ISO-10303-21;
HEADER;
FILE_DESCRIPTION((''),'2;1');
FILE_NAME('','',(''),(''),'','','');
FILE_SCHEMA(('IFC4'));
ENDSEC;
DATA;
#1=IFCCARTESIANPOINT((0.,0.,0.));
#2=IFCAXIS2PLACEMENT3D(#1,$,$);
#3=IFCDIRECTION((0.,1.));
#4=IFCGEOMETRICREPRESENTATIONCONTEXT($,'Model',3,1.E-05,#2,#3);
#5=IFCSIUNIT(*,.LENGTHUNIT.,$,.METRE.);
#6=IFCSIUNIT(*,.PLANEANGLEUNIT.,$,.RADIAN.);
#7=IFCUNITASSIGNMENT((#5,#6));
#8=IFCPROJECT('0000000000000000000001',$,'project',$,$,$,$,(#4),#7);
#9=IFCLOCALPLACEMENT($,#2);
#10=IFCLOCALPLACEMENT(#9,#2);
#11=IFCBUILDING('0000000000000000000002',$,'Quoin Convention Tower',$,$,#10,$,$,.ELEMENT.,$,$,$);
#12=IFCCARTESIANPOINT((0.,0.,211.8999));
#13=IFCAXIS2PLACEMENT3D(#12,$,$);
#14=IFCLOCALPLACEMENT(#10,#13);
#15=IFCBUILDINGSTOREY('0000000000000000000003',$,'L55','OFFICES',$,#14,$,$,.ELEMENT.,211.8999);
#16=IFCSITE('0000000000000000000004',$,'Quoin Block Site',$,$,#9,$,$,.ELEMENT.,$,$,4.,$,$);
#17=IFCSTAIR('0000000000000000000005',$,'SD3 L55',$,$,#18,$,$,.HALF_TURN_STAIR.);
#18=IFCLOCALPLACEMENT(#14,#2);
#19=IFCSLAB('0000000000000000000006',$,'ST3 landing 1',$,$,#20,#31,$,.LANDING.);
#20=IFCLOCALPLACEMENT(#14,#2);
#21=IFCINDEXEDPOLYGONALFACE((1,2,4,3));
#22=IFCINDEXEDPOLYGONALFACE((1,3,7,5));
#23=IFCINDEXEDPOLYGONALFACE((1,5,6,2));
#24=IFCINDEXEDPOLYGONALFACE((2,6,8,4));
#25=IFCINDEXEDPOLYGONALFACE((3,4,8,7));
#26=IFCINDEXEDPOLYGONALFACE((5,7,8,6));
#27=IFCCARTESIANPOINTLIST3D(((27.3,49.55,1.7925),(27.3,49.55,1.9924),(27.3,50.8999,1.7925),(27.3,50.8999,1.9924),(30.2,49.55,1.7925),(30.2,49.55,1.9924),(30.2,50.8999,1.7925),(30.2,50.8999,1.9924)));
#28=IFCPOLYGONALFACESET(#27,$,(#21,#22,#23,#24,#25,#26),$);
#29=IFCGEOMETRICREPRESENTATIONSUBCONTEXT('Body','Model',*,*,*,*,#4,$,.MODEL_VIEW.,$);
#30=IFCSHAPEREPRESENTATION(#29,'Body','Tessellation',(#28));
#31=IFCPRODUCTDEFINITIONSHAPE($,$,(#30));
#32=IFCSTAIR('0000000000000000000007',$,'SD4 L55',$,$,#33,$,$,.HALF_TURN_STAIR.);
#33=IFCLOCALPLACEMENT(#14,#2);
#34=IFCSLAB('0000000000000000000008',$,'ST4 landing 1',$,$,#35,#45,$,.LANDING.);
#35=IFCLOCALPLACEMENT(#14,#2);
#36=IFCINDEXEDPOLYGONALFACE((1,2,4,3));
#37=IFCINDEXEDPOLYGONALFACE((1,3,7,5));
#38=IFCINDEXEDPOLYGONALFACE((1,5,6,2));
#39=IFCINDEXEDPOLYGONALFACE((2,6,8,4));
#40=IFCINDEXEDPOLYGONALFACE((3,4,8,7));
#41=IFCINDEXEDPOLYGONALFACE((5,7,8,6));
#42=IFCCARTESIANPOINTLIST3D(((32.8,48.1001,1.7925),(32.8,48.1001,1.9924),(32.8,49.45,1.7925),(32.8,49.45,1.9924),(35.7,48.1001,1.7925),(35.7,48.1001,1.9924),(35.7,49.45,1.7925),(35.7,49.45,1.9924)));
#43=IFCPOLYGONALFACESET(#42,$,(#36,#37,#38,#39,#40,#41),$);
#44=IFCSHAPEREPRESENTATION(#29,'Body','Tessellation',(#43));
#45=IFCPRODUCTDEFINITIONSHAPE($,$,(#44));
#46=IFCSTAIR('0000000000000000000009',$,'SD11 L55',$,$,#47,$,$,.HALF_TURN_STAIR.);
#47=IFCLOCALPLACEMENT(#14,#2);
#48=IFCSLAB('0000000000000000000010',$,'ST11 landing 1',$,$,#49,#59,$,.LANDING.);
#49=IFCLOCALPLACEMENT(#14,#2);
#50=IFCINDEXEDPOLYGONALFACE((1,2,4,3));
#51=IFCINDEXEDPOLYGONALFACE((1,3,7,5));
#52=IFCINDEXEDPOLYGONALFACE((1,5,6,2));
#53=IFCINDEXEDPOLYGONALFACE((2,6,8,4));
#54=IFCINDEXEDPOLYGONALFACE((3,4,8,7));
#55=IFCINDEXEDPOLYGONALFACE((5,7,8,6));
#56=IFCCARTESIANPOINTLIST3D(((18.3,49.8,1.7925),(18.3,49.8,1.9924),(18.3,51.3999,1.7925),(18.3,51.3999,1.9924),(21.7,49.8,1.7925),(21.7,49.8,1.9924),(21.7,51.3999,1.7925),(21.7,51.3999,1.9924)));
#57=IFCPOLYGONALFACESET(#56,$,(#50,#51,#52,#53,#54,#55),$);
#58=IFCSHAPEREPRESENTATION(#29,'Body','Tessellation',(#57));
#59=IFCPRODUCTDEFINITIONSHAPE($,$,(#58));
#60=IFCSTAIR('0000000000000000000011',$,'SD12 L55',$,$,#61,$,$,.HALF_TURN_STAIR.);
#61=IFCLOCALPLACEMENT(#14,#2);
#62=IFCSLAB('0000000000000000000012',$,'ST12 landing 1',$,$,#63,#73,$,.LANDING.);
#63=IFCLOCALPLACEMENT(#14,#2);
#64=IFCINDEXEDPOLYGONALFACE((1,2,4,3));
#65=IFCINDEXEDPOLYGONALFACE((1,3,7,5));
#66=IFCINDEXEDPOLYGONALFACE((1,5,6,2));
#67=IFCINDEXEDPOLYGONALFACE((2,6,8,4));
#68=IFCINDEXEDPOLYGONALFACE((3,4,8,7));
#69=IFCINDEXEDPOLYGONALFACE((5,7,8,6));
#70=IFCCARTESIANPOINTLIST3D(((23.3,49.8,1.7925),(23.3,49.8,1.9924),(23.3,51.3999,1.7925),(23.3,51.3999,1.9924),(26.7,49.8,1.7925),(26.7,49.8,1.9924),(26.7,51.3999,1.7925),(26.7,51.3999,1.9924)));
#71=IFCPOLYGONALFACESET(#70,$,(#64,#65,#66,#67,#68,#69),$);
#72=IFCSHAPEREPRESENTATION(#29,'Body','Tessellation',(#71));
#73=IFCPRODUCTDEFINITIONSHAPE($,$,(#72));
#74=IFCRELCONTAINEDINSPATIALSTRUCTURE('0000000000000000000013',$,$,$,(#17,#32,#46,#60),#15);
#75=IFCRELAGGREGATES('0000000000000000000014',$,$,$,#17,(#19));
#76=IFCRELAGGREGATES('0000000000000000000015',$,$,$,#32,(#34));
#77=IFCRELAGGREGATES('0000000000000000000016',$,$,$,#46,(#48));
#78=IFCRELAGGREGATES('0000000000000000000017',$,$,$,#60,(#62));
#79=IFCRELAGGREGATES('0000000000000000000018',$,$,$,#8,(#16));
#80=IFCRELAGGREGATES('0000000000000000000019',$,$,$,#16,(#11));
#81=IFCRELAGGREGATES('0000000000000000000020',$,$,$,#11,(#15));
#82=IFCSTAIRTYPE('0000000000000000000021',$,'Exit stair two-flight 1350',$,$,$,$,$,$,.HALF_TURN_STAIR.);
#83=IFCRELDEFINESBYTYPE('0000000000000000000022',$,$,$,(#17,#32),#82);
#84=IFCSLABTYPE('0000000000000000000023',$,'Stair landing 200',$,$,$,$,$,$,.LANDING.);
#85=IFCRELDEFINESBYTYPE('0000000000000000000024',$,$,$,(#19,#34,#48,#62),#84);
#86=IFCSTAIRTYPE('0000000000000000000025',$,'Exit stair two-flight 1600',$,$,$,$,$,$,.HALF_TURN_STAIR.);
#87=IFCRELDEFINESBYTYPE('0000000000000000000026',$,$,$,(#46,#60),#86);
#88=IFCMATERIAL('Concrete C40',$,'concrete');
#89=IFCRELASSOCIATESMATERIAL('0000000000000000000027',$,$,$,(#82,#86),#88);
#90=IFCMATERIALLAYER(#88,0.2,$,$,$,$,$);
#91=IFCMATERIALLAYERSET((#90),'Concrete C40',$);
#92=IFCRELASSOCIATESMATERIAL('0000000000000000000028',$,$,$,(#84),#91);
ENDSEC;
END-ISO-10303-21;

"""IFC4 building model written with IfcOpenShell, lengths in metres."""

from ifc_helpers import new_model, si_unit, direction, frame, origin, place, context, subcontext, project, spatial, polyline, outline, extrude, material, layer, layer_set, type_object, element, aggregate, save


model = new_model("IFC4")

# Units and contexts
model_context = context("Model", 3, precision=1e-05, world=origin(), true_north=direction((0.0, 1.0)))
body_context = subcontext(model_context, "Body", "Model", "MODEL_VIEW")
ifc_project = project(units=[si_unit("LENGTHUNIT", "METRE"), si_unit("PLANEANGLEUNIT", "RADIAN")], contexts=[model_context])

# Site, building, storey
site_placement = place(None, origin())
site = spatial("IfcSite", under=ifc_project, at=site_placement, Name="Quoin Block Site", CompositionType="ELEMENT", RefElevation=4.0)
building_placement = place(site_placement, origin())
building = spatial("IfcBuilding", under=site, at=building_placement, Name="Quoin Convention Tower", CompositionType="ELEMENT")
storey_placement = place(building_placement, frame((0.0, 0.0, 211.8999)))
storey = spatial("IfcBuildingStorey", under=building, at=storey_placement, Name="L55", Description="OFFICES", CompositionType="ELEMENT", Elevation=211.8999)

# Shared definitions
ifc_material_1 = material(Name="Concrete C40", Category="concrete")

# Stairs, slabs
stair_type_1 = type_object("IfcStairType", Name="Exit stair two-flight 1350", PredefinedType="HALF_TURN_STAIR", material=ifc_material_1)
ifc_layer_1 = layer(ifc_material_1, 0.2)
ifc_layer_set_1 = layer_set([ifc_layer_1], Name="Concrete C40")
slab_type_1 = type_object("IfcSlabType", Name="Stair landing 200", PredefinedType="LANDING", material=ifc_layer_set_1)
stair_1_placement = place(storey_placement, origin())
stair_1 = element("IfcStair", 1, at=stair_1_placement, inside=storey, type_object=stair_type_1, Name="SD3 L55", PredefinedType="HALF_TURN_STAIR")
slab_1_placement = place(storey_placement, frame((0.0, 0.0, 1.7925)))
slab_1 = element("IfcSlab", 2, at=slab_1_placement, type_object=slab_type_1, Name="ST3 landing 1", PredefinedType="LANDING", context=body_context, shape_type="SweptSolid", body=[
    extrude(outline(polyline([(27.3, 49.55), (30.2, 49.55), (30.2, 50.8999), (27.3, 50.8999), (27.3, 49.55)])), origin(), (0.0, 0.0, 1.0), 0.2),
])
aggregate(stair_1, [slab_1])
stair_2_placement = place(storey_placement, origin())
stair_2 = element("IfcStair", 3, at=stair_2_placement, inside=storey, type_object=stair_type_1, Name="SD4 L55", PredefinedType="HALF_TURN_STAIR")
slab_2_placement = place(storey_placement, frame((0.0, 0.0, 1.7925)))
slab_2 = element("IfcSlab", 4, at=slab_2_placement, type_object=slab_type_1, Name="ST4 landing 1", PredefinedType="LANDING", context=body_context, shape_type="SweptSolid", body=[
    extrude(outline(polyline([(35.7, 49.45), (32.8, 49.45), (32.8, 48.1001), (35.7, 48.1001), (35.7, 49.45)])), origin(), (0.0, 0.0, 1.0), 0.2),
])
aggregate(stair_2, [slab_2])
stair_type_2 = type_object("IfcStairType", Name="Exit stair two-flight 1600", PredefinedType="HALF_TURN_STAIR", material=ifc_material_1)
stair_3_placement = place(storey_placement, origin())
stair_3 = element("IfcStair", 5, at=stair_3_placement, inside=storey, type_object=stair_type_2, Name="SD11 L55", PredefinedType="HALF_TURN_STAIR")
slab_3_placement = place(storey_placement, frame((0.0, 0.0, 1.7925)))
slab_3 = element("IfcSlab", 6, at=slab_3_placement, type_object=slab_type_1, Name="ST11 landing 1", PredefinedType="LANDING", context=body_context, shape_type="SweptSolid", body=[
    extrude(outline(polyline([(21.7, 51.3999), (18.3, 51.3999), (18.3, 49.8), (21.7, 49.8), (21.7, 51.3999)])), origin(), (0.0, 0.0, 1.0), 0.2),
])
aggregate(stair_3, [slab_3])
stair_4_placement = place(storey_placement, origin())
stair_4 = element("IfcStair", 7, at=stair_4_placement, inside=storey, type_object=stair_type_2, Name="SD12 L55", PredefinedType="HALF_TURN_STAIR")
slab_4_placement = place(storey_placement, frame((0.0, 0.0, 1.7925)))
slab_4 = element("IfcSlab", 8, at=slab_4_placement, type_object=slab_type_1, Name="ST12 landing 1", PredefinedType="LANDING", context=body_context, shape_type="SweptSolid", body=[
    extrude(outline(polyline([(26.7, 51.3999), (23.3, 51.3999), (23.3, 49.8), (26.7, 49.8), (26.7, 51.3999)])), origin(), (0.0, 0.0, 1.0), 0.2),
])
aggregate(stair_4, [slab_4])

save(model, "model.ifc")
